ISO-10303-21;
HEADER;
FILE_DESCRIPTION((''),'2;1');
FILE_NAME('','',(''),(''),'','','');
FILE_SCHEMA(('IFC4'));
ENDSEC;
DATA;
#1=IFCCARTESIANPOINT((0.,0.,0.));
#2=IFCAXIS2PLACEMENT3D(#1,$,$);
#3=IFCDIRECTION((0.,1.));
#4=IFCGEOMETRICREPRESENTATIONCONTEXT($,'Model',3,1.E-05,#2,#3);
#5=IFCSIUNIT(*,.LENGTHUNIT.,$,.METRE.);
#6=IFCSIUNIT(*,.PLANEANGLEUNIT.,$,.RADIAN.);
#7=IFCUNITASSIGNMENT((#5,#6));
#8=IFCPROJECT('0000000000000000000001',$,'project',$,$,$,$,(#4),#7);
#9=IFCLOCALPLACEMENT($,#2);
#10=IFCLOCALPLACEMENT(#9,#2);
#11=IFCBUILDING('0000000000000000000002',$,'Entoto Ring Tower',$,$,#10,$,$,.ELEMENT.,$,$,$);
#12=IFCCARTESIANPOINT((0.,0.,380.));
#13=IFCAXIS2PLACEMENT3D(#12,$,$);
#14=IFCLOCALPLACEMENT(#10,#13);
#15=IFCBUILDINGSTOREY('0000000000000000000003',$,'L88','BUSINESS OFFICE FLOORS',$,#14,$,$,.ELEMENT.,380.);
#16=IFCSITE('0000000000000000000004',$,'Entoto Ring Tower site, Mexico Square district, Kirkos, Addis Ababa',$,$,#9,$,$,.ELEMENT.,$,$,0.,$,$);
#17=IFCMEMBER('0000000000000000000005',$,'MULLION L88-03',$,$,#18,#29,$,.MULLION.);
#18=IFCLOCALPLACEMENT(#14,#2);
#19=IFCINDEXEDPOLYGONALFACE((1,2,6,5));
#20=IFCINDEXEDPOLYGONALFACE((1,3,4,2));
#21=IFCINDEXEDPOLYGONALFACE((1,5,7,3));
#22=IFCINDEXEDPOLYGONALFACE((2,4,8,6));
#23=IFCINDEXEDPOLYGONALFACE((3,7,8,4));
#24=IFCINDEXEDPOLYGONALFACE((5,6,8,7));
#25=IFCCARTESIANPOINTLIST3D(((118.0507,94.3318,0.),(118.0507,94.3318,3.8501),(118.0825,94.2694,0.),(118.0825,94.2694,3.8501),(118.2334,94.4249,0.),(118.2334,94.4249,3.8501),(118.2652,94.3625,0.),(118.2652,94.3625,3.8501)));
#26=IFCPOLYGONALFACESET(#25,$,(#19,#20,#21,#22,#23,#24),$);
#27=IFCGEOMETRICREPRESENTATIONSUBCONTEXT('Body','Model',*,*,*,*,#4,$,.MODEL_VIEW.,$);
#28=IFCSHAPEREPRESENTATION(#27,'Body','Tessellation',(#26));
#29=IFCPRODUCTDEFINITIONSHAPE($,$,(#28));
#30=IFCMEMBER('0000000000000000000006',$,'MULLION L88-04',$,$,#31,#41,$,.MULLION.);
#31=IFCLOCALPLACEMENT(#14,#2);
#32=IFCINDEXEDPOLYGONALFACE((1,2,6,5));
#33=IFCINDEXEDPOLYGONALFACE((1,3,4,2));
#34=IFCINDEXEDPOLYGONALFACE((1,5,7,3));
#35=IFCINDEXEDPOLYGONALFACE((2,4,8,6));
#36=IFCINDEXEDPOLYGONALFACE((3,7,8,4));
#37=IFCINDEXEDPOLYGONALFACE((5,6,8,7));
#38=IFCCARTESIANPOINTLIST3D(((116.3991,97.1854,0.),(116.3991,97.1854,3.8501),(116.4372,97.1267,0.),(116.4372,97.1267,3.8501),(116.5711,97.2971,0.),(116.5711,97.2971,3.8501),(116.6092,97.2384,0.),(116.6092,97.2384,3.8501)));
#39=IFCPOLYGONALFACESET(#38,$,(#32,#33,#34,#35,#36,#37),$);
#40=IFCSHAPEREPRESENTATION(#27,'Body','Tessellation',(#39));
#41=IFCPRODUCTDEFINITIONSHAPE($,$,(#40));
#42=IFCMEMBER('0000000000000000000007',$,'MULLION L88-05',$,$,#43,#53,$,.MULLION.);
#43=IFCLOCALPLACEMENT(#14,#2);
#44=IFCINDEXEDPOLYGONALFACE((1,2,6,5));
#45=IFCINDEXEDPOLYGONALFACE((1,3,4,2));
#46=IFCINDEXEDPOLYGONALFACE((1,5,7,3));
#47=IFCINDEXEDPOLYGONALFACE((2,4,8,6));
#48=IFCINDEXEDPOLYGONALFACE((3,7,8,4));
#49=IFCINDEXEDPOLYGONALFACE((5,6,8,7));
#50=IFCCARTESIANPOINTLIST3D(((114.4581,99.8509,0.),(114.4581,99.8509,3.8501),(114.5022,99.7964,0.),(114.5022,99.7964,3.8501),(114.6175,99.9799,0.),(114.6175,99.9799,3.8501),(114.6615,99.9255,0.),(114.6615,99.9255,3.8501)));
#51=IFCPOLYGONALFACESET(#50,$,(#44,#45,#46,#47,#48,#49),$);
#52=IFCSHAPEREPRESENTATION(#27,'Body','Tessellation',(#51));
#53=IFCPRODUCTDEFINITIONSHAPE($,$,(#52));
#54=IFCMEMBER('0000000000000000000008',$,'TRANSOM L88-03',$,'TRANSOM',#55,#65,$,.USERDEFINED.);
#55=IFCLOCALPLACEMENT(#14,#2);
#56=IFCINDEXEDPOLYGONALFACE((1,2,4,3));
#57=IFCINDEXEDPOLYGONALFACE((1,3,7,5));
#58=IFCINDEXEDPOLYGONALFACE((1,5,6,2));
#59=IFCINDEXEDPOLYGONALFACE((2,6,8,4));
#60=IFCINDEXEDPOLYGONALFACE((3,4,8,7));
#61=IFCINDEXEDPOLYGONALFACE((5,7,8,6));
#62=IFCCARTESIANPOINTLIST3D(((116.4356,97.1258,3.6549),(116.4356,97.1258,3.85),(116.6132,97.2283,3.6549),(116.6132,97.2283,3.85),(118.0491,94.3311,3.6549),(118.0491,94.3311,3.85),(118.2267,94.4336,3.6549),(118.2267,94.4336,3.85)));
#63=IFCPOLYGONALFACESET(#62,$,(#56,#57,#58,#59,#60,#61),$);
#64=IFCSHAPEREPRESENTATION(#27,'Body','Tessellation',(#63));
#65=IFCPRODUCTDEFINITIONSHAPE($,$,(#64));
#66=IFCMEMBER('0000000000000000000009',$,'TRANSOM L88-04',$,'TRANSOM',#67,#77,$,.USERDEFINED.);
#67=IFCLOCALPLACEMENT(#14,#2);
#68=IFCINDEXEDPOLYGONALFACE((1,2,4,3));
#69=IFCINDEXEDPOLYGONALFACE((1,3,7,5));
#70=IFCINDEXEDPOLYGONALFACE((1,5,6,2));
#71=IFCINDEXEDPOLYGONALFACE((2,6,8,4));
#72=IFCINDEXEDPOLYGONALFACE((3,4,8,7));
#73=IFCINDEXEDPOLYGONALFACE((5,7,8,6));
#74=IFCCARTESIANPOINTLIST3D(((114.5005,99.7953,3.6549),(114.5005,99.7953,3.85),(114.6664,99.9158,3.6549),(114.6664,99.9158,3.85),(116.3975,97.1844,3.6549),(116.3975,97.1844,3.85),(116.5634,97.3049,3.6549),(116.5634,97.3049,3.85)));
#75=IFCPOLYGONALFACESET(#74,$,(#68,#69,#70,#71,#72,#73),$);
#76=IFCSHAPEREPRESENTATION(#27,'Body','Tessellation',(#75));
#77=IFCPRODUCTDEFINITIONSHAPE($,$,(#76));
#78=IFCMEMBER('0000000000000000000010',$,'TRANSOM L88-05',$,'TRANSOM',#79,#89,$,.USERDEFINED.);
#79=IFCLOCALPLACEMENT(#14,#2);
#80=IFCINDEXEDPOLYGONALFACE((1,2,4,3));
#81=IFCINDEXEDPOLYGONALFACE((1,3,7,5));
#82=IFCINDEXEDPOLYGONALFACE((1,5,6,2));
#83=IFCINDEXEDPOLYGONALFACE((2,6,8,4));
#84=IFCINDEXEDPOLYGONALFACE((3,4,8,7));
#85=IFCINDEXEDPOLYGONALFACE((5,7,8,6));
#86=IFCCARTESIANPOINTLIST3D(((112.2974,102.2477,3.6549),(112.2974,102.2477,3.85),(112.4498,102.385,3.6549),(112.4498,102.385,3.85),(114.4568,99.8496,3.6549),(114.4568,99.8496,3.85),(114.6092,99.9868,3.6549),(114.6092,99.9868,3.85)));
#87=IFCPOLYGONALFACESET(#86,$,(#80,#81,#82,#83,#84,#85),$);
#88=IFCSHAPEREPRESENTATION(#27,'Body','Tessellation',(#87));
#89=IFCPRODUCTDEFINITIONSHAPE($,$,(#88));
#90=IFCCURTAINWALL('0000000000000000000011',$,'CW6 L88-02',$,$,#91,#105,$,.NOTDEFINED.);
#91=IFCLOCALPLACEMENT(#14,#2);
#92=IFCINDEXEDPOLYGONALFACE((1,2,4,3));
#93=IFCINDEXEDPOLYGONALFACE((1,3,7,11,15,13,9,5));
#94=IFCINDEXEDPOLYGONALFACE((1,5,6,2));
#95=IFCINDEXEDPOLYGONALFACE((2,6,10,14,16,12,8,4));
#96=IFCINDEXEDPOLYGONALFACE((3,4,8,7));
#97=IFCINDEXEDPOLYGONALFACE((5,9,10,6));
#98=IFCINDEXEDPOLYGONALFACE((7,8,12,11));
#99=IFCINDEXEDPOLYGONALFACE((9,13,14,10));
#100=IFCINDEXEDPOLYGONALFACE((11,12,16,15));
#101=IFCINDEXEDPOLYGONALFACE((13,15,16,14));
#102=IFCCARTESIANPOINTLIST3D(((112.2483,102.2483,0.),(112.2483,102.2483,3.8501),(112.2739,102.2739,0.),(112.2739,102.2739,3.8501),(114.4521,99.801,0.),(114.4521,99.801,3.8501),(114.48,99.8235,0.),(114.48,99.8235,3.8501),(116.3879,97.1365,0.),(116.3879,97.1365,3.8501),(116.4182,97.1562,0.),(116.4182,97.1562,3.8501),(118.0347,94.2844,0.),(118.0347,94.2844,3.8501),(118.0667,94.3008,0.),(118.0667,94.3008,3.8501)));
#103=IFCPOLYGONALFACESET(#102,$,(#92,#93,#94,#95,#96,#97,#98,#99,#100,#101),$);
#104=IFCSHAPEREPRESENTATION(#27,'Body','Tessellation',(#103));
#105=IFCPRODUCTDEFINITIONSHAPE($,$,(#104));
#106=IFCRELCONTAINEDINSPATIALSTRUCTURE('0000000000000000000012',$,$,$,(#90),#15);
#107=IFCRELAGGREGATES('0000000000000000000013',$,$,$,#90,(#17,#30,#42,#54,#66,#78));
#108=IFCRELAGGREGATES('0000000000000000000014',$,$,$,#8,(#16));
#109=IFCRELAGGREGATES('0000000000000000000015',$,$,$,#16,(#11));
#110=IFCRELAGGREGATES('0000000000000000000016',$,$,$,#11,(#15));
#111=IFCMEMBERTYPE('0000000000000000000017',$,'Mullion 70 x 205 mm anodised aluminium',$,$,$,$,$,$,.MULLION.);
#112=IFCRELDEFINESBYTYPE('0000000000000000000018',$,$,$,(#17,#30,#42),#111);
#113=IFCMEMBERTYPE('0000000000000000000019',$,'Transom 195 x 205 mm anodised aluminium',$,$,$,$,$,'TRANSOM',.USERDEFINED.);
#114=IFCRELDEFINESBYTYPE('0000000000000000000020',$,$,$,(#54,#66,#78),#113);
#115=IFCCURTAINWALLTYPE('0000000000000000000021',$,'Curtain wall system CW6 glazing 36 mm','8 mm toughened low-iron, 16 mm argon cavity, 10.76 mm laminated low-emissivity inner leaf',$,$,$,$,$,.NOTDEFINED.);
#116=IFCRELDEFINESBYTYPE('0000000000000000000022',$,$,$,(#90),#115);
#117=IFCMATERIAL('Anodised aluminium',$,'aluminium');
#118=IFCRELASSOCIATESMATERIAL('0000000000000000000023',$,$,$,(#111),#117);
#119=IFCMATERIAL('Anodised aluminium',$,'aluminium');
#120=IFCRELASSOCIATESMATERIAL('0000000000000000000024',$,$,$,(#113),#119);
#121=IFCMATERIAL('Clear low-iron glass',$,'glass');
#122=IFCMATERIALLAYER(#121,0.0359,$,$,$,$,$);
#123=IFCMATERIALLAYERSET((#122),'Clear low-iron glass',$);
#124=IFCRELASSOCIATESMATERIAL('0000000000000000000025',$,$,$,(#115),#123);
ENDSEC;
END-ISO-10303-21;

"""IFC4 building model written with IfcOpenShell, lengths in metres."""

from ifc_helpers import new_model, si_unit, direction, frame, origin, origin_2d, place, context, subcontext, project, spatial, polyline, rectangle, outline, extrude, material, layer, layer_set, material_profile, profile_set, type_object, element, aggregate, save


model = new_model("IFC4")

# Units and contexts
model_context = context("Model", 3, precision=1e-05, world=origin(), true_north=direction((0.0, 1.0)))
body_context = subcontext(model_context, "Body", "Model", "MODEL_VIEW")
ifc_project = project(units=[si_unit("LENGTHUNIT", "METRE"), si_unit("PLANEANGLEUNIT", "RADIAN")], contexts=[model_context])

# Members
ifc_material_1 = material(Name="Anodised aluminium", Category="aluminium")
ifc_material_profile_1 = material_profile(ifc_material_1, rectangle(XDim=0.0701, YDim=0.2051, at=origin_2d()), Name="Mullion 70 x 205 mm anodised aluminium")
ifc_profile_set_1 = profile_set([ifc_material_profile_1], Name="Anodised aluminium")
member_type_1 = type_object("IfcMemberType", Name="Mullion 70 x 205 mm anodised aluminium", PredefinedType="MULLION", material=ifc_profile_set_1)
site_placement = place(None, origin())
building_placement = place(site_placement, origin())
storey_placement = place(building_placement, frame((0.0, 0.0, 380.0)))
member_1_placement = place(storey_placement, frame((118.158, 94.3472, 0.0), z_axis=(0.0, 0.0, 1.0), x_axis=(-0.45399, 0.891007, 0.0)))
member_1 = element("IfcMember", 1, at=member_1_placement, type_object=member_type_1, Name="MULLION L88-03", PredefinedType="MULLION", context=body_context, shape_type="SweptSolid", body=[
    extrude(rectangle(XDim=0.0701, YDim=0.2051, at=origin_2d()), origin(), (0.0, 0.0, 1.0), 3.8501),
])
member_2_placement = place(storey_placement, frame((116.5042, 97.2119, 0.0), z_axis=(0.0, 0.0, 1.0), x_axis=(-0.544639, 0.838671, 0.0)))
member_2 = element("IfcMember", 2, at=member_2_placement, type_object=member_type_1, Name="MULLION L88-04", PredefinedType="MULLION", context=body_context, shape_type="SweptSolid", body=[
    extrude(rectangle(XDim=0.0701, YDim=0.2051, at=origin_2d()), origin(), (0.0, 0.0, 1.0), 3.8501),
])
member_3_placement = place(storey_placement, frame((114.5598, 99.8882, 0.0), z_axis=(0.0, 0.0, 1.0), x_axis=(-0.62932, 0.777146, 0.0)))
member_3 = element("IfcMember", 3, at=member_3_placement, type_object=member_type_1, Name="MULLION L88-05", PredefinedType="MULLION", context=body_context, shape_type="SweptSolid", body=[
    extrude(rectangle(XDim=0.0701, YDim=0.2051, at=origin_2d()), origin(), (0.0, 0.0, 1.0), 3.8501),
])
ifc_material_2 = material(Name="Anodised aluminium", Category="aluminium")
ifc_material_profile_2 = material_profile(ifc_material_2, rectangle(XDim=0.2051, YDim=0.1951, at=origin_2d()), Name="Transom 195 x 205 mm anodised aluminium")
ifc_profile_set_2 = profile_set([ifc_material_profile_2], Name="Anodised aluminium")
member_type_2 = type_object("IfcMemberType", Name="Transom 195 x 205 mm anodised aluminium", ElementType="TRANSOM", PredefinedType="USERDEFINED", material=ifc_profile_set_2)
member_4_placement = place(storey_placement, frame((118.1379, 94.3823, 3.7524), z_axis=(-0.500004, 0.866023, 0.0), x_axis=(-0.866023, -0.500004, 0.0)))
member_4 = element("IfcMember", 4, at=member_4_placement, type_object=member_type_2, Name="TRANSOM L88-03", ObjectType="TRANSOM", PredefinedType="USERDEFINED", context=body_context, shape_type="SweptSolid", body=[
    extrude(rectangle(XDim=0.2051, YDim=0.1951, at=origin_2d()), origin(), (0.0, 0.0, 1.0), 3.2271),
])
member_5_placement = place(storey_placement, frame((116.4805, 97.2446, 3.7524), z_axis=(-0.587803, 0.809004, 0.0), x_axis=(-0.809004, -0.587803, 0.0)))
member_5 = element("IfcMember", 5, at=member_5_placement, type_object=member_type_2, Name="TRANSOM L88-04", ObjectType="TRANSOM", PredefinedType="USERDEFINED", context=body_context, shape_type="SweptSolid", body=[
    extrude(rectangle(XDim=0.2051, YDim=0.1951, at=origin_2d()), origin(), (0.0, 0.0, 1.0), 3.2273),
])
member_6_placement = place(storey_placement, frame((114.533, 99.9182, 3.7524), z_axis=(-0.669144, 0.743132, 0.0), x_axis=(-0.743132, -0.669144, 0.0)))
member_6 = element("IfcMember", 6, at=member_6_placement, type_object=member_type_2, Name="TRANSOM L88-05", ObjectType="TRANSOM", PredefinedType="USERDEFINED", context=body_context, shape_type="SweptSolid", body=[
    extrude(rectangle(XDim=0.2051, YDim=0.1951, at=origin_2d()), origin(), (0.0, 0.0, 1.0), 3.2271),
])

# Site, building, storey
site = spatial("IfcSite", under=ifc_project, at=site_placement, Name="Entoto Ring Tower site, Mexico Square district, Kirkos, Addis Ababa", CompositionType="ELEMENT", RefElevation=0.0)
building = spatial("IfcBuilding", under=site, at=building_placement, Name="Entoto Ring Tower", CompositionType="ELEMENT")
storey = spatial("IfcBuildingStorey", under=building, at=storey_placement, Name="L88", Description="BUSINESS OFFICE FLOORS", CompositionType="ELEMENT", Elevation=380.0)

# Curtain wall
ifc_material_3 = material(Name="Clear low-iron glass", Category="glass")
ifc_layer_1 = layer(ifc_material_3, 0.0359)
ifc_layer_set_1 = layer_set([ifc_layer_1], Name="Clear low-iron glass")
curtain_wall_type = type_object("IfcCurtainWallType", Name="Curtain wall system CW6 glazing 36 mm", Description="8 mm toughened low-iron, 16 mm argon cavity, 10.76 mm laminated low-emissivity inner leaf", PredefinedType="NOTDEFINED", material=ifc_layer_set_1)
curtain_wall_1_placement = place(storey_placement, origin())
curtain_wall_1 = element("IfcCurtainWall", 7, at=curtain_wall_1_placement, inside=storey, type_object=curtain_wall_type, Name="CW6 L88-02", PredefinedType="NOTDEFINED", context=body_context, shape_type="SweptSolid", body=[
    extrude(outline(polyline([(118.0667, 94.3008), (116.4182, 97.1562), (114.48, 99.8235), (112.2739, 102.2739), (112.2483, 102.2483), (114.4521, 99.801), (116.3879, 97.1365), (118.0347, 94.2844), (118.0667, 94.3008)])), origin(), (0.0, 0.0, 1.0), 3.8501),
])
aggregate(curtain_wall_1, [member_1, member_2, member_3, member_4, member_5, member_6])

save(model, "model.ifc")
